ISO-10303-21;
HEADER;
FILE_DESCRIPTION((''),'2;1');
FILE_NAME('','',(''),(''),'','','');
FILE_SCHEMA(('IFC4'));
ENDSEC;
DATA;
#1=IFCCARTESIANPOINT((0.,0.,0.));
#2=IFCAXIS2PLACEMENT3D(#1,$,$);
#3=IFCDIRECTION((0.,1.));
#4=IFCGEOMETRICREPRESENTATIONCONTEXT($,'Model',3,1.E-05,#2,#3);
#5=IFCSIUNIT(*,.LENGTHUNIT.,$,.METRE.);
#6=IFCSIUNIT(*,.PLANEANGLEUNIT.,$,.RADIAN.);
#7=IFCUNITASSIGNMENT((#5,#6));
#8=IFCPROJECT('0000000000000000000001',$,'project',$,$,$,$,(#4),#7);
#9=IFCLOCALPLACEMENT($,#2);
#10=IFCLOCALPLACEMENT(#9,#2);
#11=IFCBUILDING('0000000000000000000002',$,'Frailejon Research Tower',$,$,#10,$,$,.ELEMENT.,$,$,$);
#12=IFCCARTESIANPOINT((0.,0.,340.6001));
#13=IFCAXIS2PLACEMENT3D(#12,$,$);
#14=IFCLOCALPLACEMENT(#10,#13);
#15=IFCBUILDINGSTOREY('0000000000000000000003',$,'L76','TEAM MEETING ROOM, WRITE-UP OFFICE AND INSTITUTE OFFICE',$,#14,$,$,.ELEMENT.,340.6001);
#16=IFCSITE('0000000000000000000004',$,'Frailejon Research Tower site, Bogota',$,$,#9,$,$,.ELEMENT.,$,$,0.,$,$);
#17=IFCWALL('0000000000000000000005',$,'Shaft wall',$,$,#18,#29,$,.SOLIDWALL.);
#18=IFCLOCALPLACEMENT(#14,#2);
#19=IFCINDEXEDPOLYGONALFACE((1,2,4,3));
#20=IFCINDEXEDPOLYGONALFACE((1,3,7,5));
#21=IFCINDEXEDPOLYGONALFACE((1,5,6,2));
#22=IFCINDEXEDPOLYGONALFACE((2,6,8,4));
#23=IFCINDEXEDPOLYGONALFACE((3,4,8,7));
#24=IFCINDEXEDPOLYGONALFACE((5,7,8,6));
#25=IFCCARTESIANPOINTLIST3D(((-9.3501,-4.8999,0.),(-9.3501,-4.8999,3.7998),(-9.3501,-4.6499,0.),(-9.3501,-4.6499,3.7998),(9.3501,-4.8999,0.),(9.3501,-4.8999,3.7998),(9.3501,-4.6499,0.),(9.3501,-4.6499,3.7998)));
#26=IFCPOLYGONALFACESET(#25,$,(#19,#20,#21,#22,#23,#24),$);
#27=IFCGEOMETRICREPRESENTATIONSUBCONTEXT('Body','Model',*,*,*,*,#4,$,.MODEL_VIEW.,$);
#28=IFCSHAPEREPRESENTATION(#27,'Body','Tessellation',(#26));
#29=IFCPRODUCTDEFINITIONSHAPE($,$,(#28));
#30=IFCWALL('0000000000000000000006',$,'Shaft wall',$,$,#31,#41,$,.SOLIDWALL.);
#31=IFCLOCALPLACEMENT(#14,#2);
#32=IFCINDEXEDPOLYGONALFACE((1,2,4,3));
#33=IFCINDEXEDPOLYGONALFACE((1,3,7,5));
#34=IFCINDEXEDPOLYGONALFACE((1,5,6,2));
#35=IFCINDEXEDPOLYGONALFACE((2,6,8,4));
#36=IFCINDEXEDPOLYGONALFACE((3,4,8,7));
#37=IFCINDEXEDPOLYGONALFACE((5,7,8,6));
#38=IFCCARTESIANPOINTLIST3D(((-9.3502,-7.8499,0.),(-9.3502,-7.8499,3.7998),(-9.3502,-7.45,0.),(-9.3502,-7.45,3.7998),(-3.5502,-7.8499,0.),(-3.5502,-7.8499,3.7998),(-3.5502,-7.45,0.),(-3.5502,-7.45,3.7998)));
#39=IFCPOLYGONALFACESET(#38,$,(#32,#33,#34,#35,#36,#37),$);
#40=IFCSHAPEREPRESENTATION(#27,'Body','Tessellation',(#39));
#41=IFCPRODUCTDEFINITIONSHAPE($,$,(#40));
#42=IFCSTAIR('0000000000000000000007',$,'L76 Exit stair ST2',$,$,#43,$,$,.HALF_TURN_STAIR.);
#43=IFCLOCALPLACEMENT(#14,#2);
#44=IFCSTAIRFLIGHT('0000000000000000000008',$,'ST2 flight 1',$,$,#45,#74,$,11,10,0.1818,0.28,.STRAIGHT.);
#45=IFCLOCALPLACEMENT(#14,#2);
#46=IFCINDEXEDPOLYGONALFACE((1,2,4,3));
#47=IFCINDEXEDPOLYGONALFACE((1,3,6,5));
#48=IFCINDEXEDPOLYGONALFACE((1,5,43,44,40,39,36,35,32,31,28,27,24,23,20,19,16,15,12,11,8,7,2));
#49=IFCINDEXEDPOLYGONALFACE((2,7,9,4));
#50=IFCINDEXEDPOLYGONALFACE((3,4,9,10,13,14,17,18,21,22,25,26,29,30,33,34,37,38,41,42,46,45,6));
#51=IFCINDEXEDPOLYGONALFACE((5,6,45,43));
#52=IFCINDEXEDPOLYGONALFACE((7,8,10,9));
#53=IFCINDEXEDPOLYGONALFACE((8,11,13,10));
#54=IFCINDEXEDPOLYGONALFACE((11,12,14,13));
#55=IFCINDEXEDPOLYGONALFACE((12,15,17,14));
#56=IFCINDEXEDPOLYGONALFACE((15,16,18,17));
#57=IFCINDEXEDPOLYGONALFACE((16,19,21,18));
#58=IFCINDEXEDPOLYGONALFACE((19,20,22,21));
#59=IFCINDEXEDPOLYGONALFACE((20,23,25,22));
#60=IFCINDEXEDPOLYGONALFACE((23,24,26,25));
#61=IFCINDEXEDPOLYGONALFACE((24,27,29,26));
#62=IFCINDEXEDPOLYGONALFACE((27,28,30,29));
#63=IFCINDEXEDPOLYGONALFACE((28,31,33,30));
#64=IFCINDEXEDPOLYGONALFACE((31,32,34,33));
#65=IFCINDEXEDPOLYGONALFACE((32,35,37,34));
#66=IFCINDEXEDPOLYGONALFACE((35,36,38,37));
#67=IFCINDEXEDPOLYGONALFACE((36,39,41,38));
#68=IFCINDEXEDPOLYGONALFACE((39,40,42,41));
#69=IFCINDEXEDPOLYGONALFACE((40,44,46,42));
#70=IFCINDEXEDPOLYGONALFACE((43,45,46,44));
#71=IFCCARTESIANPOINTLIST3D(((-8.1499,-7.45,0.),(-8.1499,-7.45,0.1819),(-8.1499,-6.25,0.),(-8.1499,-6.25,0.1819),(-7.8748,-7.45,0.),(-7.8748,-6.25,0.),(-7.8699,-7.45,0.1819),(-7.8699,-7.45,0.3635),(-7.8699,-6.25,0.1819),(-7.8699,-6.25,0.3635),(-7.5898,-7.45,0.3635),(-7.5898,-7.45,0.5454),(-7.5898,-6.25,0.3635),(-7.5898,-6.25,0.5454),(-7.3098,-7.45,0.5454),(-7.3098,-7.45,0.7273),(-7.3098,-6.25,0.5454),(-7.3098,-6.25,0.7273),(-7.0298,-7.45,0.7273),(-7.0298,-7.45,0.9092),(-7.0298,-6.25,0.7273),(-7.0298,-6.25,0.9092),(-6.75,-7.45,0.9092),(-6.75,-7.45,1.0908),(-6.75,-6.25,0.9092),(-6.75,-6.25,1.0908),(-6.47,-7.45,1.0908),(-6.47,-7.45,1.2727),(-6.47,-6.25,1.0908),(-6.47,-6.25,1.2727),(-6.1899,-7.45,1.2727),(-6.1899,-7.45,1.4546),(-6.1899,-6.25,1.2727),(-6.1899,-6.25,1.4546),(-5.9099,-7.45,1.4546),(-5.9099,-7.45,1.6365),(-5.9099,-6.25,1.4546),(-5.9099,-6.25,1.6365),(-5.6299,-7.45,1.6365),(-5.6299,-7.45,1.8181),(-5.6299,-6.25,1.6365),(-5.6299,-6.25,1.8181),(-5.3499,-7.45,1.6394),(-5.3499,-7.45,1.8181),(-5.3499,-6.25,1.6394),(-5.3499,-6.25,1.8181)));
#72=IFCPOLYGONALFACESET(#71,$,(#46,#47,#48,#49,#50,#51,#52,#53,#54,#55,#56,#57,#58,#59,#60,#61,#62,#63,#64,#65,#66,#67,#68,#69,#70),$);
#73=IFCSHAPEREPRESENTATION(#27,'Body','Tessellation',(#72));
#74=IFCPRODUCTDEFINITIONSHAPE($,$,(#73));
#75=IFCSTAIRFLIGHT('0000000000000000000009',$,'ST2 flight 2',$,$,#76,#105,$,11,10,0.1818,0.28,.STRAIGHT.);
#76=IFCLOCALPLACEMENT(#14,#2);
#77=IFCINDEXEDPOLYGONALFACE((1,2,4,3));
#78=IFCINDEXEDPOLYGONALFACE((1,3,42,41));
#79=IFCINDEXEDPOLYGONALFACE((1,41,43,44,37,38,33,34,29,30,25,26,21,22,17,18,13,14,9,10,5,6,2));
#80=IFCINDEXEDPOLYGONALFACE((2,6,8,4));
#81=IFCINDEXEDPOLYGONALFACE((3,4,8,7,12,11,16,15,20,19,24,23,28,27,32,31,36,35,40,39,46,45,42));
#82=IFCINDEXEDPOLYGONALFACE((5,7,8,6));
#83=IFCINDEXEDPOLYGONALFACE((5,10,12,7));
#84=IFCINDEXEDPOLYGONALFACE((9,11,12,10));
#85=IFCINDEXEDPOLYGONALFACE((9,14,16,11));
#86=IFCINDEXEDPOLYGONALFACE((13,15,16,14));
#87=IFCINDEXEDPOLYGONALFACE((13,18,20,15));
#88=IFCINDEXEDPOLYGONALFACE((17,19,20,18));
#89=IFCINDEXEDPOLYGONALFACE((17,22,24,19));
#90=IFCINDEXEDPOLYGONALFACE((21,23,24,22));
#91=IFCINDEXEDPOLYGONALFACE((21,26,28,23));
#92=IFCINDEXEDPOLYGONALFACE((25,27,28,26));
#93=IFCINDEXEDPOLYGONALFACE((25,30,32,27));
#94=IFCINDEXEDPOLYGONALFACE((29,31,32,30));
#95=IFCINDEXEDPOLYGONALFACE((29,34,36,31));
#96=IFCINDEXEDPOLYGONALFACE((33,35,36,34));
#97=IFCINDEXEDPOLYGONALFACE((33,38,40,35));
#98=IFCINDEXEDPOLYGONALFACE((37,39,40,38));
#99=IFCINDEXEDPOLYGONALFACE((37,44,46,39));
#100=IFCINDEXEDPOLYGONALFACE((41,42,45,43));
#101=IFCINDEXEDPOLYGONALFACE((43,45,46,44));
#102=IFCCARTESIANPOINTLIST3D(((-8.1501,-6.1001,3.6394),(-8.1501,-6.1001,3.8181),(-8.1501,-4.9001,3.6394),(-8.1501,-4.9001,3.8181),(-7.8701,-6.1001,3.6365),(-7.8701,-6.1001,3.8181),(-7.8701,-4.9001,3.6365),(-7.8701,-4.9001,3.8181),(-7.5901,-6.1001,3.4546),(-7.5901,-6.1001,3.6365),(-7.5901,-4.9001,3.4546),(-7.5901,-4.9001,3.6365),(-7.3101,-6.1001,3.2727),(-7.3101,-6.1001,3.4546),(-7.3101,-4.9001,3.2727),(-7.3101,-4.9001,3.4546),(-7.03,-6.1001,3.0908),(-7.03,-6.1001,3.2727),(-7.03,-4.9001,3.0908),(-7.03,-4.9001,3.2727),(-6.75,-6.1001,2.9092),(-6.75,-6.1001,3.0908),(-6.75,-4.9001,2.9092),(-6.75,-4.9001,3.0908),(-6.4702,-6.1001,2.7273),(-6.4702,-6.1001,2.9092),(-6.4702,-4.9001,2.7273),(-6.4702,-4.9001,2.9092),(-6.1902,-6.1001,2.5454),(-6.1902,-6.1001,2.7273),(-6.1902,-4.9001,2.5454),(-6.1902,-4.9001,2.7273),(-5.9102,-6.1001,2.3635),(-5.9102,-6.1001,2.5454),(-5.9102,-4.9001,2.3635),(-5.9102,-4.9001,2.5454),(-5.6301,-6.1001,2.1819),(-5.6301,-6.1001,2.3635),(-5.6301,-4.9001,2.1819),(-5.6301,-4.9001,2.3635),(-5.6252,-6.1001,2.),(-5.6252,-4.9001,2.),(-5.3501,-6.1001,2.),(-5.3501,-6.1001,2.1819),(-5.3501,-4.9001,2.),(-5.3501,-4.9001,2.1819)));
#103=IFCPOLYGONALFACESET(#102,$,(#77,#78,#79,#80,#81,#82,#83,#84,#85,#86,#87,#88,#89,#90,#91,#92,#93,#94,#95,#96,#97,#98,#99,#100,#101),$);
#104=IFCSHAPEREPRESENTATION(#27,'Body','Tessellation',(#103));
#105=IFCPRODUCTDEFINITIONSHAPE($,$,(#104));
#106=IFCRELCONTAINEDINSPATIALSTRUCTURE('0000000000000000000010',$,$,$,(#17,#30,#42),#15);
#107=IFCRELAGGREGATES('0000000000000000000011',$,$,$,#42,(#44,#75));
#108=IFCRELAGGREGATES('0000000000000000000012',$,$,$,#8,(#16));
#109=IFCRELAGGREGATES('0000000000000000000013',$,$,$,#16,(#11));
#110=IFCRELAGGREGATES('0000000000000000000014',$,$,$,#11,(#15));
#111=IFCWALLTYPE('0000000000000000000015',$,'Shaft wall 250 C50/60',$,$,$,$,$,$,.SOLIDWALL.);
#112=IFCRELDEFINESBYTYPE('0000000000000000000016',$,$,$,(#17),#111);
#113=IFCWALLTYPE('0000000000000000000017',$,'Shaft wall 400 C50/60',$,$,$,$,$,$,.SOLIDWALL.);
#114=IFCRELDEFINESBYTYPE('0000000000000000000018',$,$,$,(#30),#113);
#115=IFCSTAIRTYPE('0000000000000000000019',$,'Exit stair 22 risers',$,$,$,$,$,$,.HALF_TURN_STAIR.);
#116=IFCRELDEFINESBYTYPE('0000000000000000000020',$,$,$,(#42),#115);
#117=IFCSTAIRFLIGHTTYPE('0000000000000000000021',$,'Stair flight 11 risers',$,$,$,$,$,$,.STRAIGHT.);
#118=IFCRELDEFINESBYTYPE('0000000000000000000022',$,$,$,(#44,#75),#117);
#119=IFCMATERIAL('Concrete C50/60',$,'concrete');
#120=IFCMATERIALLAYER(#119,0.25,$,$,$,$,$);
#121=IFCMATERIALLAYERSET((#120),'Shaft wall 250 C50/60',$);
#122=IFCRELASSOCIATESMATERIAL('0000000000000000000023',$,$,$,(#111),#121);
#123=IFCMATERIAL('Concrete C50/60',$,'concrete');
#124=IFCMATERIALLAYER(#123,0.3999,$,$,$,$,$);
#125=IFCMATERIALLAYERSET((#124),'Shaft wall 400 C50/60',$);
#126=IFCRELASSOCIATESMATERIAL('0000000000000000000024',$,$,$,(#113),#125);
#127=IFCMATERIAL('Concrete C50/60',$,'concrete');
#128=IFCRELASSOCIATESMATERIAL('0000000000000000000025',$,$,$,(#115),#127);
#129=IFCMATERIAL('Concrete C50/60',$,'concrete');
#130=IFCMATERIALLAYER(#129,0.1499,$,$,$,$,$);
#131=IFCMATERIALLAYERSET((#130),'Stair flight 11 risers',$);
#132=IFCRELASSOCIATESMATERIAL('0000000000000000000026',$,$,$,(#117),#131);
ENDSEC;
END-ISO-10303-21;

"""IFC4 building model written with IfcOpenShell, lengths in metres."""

from ifc_helpers import new_model, si_unit, direction, frame, frame_2d, origin, place, context, subcontext, project, spatial, polyline, rectangle, outline, extrude, material, layer, layer_set, type_object, element, aggregate, save


model = new_model("IFC4")

# Units and contexts
model_context = context("Model", 3, precision=1e-05, world=origin(), true_north=direction((0.0, 1.0)))
body_context = subcontext(model_context, "Body", "Model", "MODEL_VIEW")
ifc_project = project(units=[si_unit("LENGTHUNIT", "METRE"), si_unit("PLANEANGLEUNIT", "RADIAN")], contexts=[model_context])

# Site, building, storey
site_placement = place(None, origin())
site = spatial("IfcSite", under=ifc_project, at=site_placement, Name="Frailejon Research Tower site, Bogota", CompositionType="ELEMENT", RefElevation=0.0)
building_placement = place(site_placement, origin())
building = spatial("IfcBuilding", under=site, at=building_placement, Name="Frailejon Research Tower", CompositionType="ELEMENT")
storey_placement = place(building_placement, frame((0.0, 0.0, 340.6001)))
storey = spatial("IfcBuildingStorey", under=building, at=storey_placement, Name="L76", Description="TEAM MEETING ROOM, WRITE-UP OFFICE AND INSTITUTE OFFICE", CompositionType="ELEMENT", Elevation=340.6001)

# Shared definitions
ifc_material_1 = material(Name="Concrete C50/60", Category="concrete")
ifc_layer_1 = layer(ifc_material_1, 0.25)
ifc_layer_set_1 = layer_set([ifc_layer_1], Name="Shaft wall 250 C50/60")
wall_type_1 = type_object("IfcWallType", Name="Shaft wall 250 C50/60", PredefinedType="SOLIDWALL", material=ifc_layer_set_1)

# Walls
wall_1_placement = place(storey_placement, frame((-9.3501, -4.7749, 0.0), z_axis=(0.0, 0.0, 1.0), x_axis=(1.0, 0.0, 0.0)))
element("IfcWall", 1, at=wall_1_placement, inside=storey, type_object=wall_type_1, Name="Shaft wall", PredefinedType="SOLIDWALL", context=body_context, shape_type="SweptSolid", body=[
    extrude(rectangle(XDim=18.7002, YDim=0.25, at=frame_2d((9.3501, 0.0))), origin(), (0.0, 0.0, 1.0), 3.7998),
])
ifc_material_2 = material(Name="Concrete C50/60", Category="concrete")
ifc_layer_2 = layer(ifc_material_2, 0.3999)
ifc_layer_set_2 = layer_set([ifc_layer_2], Name="Shaft wall 400 C50/60")
wall_type_2 = type_object("IfcWallType", Name="Shaft wall 400 C50/60", PredefinedType="SOLIDWALL", material=ifc_layer_set_2)
wall_2_placement = place(storey_placement, frame((-9.3501, -7.6499, 0.0), z_axis=(0.0, 0.0, 1.0), x_axis=(1.0, 0.0, 0.0)))
element("IfcWall", 2, at=wall_2_placement, inside=storey, type_object=wall_type_2, Name="Shaft wall", PredefinedType="SOLIDWALL", context=body_context, shape_type="SweptSolid", body=[
    extrude(rectangle(XDim=5.8, YDim=0.3999, at=frame_2d((2.8999, 0.0))), origin(), (0.0, 0.0, 1.0), 3.7998),
])

# Stair, stair flights
ifc_material_3 = material(Name="Concrete C50/60", Category="concrete")
stair_type = type_object("IfcStairType", Name="Exit stair 22 risers", PredefinedType="HALF_TURN_STAIR", material=ifc_material_3)
stair_placement = place(storey_placement, origin())
stair = element("IfcStair", 3, at=stair_placement, inside=storey, type_object=stair_type, Name="L76 Exit stair ST2", PredefinedType="HALF_TURN_STAIR")
ifc_material_4 = material(Name="Concrete C50/60", Category="concrete")
ifc_layer_3 = layer(ifc_material_4, 0.1499)
ifc_layer_set_3 = layer_set([ifc_layer_3], Name="Stair flight 11 risers")
stair_flight_type = type_object("IfcStairFlightType", Name="Stair flight 11 risers", PredefinedType="STRAIGHT", material=ifc_layer_set_3)
stair_flight_1_placement = place(storey_placement, frame((-8.1499, -6.8501, 0.0), z_axis=(0.0, 0.0, 1.0), x_axis=(1.0, 0.0, 0.0)))
stair_flight_1 = element("IfcStairFlight", 4, at=stair_flight_1_placement, type_object=stair_flight_type, Name="ST2 flight 1", NumberOfRisers=11, NumberOfTreads=10, PredefinedType="STRAIGHT", RiserHeight=0.1818, TreadLength=0.28, context=body_context, shape_type="SweptSolid", body=[
    extrude(outline(polyline([(0.0, 0.0), (0.0, 0.1819), (0.28, 0.1819), (0.28, 0.3635), (0.5601, 0.3635), (0.5601, 0.5454), (0.8401, 0.5454), (0.8401, 0.7273), (1.1201, 0.7273), (1.1201, 0.9092), (1.3999, 0.9092), (1.3999, 1.0908), (1.6799, 1.0908), (1.6799, 1.2727), (1.96, 1.2727), (1.96, 1.4546), (2.24, 1.4546), (2.24, 1.6365), (2.52, 1.6365), (2.52, 1.8181), (2.8, 1.8181), (2.8, 2.0), (2.8, 1.6394), (0.2751, 0.0), (0.0, 0.0)])), frame((0.0, 0.6001, 0.0), z_axis=(0.0, -1.0, 0.0), x_axis=(1.0, 0.0, 0.0)), (0.0, 0.0, 1.0), 1.2),
])
stair_flight_2_placement = place(storey_placement, frame((-5.3501, -5.5, 2.0), z_axis=(0.0, 0.0, 1.0), x_axis=(-1.0, 0.0, 0.0)))
stair_flight_2 = element("IfcStairFlight", 5, at=stair_flight_2_placement, type_object=stair_flight_type, Name="ST2 flight 2", NumberOfRisers=11, NumberOfTreads=10, PredefinedType="STRAIGHT", RiserHeight=0.1818, TreadLength=0.28, context=body_context, shape_type="SweptSolid", body=[
    extrude(outline(polyline([(0.0, 0.0), (0.0, 0.1819), (0.28, 0.1819), (0.28, 0.3635), (0.5601, 0.3635), (0.5601, 0.5454), (0.8401, 0.5454), (0.8401, 0.7273), (1.1201, 0.7273), (1.1201, 0.9092), (1.3999, 0.9092), (1.3999, 1.0908), (1.6799, 1.0908), (1.6799, 1.2727), (1.96, 1.2727), (1.96, 1.4546), (2.24, 1.4546), (2.24, 1.6365), (2.52, 1.6365), (2.52, 1.8181), (2.8, 1.8181), (2.8, 2.0), (2.8, 1.6394), (0.2751, 0.0), (0.0, 0.0)])), frame((0.0, 0.6001, 0.0), z_axis=(0.0, -1.0, 0.0), x_axis=(1.0, 0.0, 0.0)), (0.0, 0.0, 1.0), 1.2),
])
aggregate(stair, [stair_flight_1, stair_flight_2])

save(model, "model.ifc")
